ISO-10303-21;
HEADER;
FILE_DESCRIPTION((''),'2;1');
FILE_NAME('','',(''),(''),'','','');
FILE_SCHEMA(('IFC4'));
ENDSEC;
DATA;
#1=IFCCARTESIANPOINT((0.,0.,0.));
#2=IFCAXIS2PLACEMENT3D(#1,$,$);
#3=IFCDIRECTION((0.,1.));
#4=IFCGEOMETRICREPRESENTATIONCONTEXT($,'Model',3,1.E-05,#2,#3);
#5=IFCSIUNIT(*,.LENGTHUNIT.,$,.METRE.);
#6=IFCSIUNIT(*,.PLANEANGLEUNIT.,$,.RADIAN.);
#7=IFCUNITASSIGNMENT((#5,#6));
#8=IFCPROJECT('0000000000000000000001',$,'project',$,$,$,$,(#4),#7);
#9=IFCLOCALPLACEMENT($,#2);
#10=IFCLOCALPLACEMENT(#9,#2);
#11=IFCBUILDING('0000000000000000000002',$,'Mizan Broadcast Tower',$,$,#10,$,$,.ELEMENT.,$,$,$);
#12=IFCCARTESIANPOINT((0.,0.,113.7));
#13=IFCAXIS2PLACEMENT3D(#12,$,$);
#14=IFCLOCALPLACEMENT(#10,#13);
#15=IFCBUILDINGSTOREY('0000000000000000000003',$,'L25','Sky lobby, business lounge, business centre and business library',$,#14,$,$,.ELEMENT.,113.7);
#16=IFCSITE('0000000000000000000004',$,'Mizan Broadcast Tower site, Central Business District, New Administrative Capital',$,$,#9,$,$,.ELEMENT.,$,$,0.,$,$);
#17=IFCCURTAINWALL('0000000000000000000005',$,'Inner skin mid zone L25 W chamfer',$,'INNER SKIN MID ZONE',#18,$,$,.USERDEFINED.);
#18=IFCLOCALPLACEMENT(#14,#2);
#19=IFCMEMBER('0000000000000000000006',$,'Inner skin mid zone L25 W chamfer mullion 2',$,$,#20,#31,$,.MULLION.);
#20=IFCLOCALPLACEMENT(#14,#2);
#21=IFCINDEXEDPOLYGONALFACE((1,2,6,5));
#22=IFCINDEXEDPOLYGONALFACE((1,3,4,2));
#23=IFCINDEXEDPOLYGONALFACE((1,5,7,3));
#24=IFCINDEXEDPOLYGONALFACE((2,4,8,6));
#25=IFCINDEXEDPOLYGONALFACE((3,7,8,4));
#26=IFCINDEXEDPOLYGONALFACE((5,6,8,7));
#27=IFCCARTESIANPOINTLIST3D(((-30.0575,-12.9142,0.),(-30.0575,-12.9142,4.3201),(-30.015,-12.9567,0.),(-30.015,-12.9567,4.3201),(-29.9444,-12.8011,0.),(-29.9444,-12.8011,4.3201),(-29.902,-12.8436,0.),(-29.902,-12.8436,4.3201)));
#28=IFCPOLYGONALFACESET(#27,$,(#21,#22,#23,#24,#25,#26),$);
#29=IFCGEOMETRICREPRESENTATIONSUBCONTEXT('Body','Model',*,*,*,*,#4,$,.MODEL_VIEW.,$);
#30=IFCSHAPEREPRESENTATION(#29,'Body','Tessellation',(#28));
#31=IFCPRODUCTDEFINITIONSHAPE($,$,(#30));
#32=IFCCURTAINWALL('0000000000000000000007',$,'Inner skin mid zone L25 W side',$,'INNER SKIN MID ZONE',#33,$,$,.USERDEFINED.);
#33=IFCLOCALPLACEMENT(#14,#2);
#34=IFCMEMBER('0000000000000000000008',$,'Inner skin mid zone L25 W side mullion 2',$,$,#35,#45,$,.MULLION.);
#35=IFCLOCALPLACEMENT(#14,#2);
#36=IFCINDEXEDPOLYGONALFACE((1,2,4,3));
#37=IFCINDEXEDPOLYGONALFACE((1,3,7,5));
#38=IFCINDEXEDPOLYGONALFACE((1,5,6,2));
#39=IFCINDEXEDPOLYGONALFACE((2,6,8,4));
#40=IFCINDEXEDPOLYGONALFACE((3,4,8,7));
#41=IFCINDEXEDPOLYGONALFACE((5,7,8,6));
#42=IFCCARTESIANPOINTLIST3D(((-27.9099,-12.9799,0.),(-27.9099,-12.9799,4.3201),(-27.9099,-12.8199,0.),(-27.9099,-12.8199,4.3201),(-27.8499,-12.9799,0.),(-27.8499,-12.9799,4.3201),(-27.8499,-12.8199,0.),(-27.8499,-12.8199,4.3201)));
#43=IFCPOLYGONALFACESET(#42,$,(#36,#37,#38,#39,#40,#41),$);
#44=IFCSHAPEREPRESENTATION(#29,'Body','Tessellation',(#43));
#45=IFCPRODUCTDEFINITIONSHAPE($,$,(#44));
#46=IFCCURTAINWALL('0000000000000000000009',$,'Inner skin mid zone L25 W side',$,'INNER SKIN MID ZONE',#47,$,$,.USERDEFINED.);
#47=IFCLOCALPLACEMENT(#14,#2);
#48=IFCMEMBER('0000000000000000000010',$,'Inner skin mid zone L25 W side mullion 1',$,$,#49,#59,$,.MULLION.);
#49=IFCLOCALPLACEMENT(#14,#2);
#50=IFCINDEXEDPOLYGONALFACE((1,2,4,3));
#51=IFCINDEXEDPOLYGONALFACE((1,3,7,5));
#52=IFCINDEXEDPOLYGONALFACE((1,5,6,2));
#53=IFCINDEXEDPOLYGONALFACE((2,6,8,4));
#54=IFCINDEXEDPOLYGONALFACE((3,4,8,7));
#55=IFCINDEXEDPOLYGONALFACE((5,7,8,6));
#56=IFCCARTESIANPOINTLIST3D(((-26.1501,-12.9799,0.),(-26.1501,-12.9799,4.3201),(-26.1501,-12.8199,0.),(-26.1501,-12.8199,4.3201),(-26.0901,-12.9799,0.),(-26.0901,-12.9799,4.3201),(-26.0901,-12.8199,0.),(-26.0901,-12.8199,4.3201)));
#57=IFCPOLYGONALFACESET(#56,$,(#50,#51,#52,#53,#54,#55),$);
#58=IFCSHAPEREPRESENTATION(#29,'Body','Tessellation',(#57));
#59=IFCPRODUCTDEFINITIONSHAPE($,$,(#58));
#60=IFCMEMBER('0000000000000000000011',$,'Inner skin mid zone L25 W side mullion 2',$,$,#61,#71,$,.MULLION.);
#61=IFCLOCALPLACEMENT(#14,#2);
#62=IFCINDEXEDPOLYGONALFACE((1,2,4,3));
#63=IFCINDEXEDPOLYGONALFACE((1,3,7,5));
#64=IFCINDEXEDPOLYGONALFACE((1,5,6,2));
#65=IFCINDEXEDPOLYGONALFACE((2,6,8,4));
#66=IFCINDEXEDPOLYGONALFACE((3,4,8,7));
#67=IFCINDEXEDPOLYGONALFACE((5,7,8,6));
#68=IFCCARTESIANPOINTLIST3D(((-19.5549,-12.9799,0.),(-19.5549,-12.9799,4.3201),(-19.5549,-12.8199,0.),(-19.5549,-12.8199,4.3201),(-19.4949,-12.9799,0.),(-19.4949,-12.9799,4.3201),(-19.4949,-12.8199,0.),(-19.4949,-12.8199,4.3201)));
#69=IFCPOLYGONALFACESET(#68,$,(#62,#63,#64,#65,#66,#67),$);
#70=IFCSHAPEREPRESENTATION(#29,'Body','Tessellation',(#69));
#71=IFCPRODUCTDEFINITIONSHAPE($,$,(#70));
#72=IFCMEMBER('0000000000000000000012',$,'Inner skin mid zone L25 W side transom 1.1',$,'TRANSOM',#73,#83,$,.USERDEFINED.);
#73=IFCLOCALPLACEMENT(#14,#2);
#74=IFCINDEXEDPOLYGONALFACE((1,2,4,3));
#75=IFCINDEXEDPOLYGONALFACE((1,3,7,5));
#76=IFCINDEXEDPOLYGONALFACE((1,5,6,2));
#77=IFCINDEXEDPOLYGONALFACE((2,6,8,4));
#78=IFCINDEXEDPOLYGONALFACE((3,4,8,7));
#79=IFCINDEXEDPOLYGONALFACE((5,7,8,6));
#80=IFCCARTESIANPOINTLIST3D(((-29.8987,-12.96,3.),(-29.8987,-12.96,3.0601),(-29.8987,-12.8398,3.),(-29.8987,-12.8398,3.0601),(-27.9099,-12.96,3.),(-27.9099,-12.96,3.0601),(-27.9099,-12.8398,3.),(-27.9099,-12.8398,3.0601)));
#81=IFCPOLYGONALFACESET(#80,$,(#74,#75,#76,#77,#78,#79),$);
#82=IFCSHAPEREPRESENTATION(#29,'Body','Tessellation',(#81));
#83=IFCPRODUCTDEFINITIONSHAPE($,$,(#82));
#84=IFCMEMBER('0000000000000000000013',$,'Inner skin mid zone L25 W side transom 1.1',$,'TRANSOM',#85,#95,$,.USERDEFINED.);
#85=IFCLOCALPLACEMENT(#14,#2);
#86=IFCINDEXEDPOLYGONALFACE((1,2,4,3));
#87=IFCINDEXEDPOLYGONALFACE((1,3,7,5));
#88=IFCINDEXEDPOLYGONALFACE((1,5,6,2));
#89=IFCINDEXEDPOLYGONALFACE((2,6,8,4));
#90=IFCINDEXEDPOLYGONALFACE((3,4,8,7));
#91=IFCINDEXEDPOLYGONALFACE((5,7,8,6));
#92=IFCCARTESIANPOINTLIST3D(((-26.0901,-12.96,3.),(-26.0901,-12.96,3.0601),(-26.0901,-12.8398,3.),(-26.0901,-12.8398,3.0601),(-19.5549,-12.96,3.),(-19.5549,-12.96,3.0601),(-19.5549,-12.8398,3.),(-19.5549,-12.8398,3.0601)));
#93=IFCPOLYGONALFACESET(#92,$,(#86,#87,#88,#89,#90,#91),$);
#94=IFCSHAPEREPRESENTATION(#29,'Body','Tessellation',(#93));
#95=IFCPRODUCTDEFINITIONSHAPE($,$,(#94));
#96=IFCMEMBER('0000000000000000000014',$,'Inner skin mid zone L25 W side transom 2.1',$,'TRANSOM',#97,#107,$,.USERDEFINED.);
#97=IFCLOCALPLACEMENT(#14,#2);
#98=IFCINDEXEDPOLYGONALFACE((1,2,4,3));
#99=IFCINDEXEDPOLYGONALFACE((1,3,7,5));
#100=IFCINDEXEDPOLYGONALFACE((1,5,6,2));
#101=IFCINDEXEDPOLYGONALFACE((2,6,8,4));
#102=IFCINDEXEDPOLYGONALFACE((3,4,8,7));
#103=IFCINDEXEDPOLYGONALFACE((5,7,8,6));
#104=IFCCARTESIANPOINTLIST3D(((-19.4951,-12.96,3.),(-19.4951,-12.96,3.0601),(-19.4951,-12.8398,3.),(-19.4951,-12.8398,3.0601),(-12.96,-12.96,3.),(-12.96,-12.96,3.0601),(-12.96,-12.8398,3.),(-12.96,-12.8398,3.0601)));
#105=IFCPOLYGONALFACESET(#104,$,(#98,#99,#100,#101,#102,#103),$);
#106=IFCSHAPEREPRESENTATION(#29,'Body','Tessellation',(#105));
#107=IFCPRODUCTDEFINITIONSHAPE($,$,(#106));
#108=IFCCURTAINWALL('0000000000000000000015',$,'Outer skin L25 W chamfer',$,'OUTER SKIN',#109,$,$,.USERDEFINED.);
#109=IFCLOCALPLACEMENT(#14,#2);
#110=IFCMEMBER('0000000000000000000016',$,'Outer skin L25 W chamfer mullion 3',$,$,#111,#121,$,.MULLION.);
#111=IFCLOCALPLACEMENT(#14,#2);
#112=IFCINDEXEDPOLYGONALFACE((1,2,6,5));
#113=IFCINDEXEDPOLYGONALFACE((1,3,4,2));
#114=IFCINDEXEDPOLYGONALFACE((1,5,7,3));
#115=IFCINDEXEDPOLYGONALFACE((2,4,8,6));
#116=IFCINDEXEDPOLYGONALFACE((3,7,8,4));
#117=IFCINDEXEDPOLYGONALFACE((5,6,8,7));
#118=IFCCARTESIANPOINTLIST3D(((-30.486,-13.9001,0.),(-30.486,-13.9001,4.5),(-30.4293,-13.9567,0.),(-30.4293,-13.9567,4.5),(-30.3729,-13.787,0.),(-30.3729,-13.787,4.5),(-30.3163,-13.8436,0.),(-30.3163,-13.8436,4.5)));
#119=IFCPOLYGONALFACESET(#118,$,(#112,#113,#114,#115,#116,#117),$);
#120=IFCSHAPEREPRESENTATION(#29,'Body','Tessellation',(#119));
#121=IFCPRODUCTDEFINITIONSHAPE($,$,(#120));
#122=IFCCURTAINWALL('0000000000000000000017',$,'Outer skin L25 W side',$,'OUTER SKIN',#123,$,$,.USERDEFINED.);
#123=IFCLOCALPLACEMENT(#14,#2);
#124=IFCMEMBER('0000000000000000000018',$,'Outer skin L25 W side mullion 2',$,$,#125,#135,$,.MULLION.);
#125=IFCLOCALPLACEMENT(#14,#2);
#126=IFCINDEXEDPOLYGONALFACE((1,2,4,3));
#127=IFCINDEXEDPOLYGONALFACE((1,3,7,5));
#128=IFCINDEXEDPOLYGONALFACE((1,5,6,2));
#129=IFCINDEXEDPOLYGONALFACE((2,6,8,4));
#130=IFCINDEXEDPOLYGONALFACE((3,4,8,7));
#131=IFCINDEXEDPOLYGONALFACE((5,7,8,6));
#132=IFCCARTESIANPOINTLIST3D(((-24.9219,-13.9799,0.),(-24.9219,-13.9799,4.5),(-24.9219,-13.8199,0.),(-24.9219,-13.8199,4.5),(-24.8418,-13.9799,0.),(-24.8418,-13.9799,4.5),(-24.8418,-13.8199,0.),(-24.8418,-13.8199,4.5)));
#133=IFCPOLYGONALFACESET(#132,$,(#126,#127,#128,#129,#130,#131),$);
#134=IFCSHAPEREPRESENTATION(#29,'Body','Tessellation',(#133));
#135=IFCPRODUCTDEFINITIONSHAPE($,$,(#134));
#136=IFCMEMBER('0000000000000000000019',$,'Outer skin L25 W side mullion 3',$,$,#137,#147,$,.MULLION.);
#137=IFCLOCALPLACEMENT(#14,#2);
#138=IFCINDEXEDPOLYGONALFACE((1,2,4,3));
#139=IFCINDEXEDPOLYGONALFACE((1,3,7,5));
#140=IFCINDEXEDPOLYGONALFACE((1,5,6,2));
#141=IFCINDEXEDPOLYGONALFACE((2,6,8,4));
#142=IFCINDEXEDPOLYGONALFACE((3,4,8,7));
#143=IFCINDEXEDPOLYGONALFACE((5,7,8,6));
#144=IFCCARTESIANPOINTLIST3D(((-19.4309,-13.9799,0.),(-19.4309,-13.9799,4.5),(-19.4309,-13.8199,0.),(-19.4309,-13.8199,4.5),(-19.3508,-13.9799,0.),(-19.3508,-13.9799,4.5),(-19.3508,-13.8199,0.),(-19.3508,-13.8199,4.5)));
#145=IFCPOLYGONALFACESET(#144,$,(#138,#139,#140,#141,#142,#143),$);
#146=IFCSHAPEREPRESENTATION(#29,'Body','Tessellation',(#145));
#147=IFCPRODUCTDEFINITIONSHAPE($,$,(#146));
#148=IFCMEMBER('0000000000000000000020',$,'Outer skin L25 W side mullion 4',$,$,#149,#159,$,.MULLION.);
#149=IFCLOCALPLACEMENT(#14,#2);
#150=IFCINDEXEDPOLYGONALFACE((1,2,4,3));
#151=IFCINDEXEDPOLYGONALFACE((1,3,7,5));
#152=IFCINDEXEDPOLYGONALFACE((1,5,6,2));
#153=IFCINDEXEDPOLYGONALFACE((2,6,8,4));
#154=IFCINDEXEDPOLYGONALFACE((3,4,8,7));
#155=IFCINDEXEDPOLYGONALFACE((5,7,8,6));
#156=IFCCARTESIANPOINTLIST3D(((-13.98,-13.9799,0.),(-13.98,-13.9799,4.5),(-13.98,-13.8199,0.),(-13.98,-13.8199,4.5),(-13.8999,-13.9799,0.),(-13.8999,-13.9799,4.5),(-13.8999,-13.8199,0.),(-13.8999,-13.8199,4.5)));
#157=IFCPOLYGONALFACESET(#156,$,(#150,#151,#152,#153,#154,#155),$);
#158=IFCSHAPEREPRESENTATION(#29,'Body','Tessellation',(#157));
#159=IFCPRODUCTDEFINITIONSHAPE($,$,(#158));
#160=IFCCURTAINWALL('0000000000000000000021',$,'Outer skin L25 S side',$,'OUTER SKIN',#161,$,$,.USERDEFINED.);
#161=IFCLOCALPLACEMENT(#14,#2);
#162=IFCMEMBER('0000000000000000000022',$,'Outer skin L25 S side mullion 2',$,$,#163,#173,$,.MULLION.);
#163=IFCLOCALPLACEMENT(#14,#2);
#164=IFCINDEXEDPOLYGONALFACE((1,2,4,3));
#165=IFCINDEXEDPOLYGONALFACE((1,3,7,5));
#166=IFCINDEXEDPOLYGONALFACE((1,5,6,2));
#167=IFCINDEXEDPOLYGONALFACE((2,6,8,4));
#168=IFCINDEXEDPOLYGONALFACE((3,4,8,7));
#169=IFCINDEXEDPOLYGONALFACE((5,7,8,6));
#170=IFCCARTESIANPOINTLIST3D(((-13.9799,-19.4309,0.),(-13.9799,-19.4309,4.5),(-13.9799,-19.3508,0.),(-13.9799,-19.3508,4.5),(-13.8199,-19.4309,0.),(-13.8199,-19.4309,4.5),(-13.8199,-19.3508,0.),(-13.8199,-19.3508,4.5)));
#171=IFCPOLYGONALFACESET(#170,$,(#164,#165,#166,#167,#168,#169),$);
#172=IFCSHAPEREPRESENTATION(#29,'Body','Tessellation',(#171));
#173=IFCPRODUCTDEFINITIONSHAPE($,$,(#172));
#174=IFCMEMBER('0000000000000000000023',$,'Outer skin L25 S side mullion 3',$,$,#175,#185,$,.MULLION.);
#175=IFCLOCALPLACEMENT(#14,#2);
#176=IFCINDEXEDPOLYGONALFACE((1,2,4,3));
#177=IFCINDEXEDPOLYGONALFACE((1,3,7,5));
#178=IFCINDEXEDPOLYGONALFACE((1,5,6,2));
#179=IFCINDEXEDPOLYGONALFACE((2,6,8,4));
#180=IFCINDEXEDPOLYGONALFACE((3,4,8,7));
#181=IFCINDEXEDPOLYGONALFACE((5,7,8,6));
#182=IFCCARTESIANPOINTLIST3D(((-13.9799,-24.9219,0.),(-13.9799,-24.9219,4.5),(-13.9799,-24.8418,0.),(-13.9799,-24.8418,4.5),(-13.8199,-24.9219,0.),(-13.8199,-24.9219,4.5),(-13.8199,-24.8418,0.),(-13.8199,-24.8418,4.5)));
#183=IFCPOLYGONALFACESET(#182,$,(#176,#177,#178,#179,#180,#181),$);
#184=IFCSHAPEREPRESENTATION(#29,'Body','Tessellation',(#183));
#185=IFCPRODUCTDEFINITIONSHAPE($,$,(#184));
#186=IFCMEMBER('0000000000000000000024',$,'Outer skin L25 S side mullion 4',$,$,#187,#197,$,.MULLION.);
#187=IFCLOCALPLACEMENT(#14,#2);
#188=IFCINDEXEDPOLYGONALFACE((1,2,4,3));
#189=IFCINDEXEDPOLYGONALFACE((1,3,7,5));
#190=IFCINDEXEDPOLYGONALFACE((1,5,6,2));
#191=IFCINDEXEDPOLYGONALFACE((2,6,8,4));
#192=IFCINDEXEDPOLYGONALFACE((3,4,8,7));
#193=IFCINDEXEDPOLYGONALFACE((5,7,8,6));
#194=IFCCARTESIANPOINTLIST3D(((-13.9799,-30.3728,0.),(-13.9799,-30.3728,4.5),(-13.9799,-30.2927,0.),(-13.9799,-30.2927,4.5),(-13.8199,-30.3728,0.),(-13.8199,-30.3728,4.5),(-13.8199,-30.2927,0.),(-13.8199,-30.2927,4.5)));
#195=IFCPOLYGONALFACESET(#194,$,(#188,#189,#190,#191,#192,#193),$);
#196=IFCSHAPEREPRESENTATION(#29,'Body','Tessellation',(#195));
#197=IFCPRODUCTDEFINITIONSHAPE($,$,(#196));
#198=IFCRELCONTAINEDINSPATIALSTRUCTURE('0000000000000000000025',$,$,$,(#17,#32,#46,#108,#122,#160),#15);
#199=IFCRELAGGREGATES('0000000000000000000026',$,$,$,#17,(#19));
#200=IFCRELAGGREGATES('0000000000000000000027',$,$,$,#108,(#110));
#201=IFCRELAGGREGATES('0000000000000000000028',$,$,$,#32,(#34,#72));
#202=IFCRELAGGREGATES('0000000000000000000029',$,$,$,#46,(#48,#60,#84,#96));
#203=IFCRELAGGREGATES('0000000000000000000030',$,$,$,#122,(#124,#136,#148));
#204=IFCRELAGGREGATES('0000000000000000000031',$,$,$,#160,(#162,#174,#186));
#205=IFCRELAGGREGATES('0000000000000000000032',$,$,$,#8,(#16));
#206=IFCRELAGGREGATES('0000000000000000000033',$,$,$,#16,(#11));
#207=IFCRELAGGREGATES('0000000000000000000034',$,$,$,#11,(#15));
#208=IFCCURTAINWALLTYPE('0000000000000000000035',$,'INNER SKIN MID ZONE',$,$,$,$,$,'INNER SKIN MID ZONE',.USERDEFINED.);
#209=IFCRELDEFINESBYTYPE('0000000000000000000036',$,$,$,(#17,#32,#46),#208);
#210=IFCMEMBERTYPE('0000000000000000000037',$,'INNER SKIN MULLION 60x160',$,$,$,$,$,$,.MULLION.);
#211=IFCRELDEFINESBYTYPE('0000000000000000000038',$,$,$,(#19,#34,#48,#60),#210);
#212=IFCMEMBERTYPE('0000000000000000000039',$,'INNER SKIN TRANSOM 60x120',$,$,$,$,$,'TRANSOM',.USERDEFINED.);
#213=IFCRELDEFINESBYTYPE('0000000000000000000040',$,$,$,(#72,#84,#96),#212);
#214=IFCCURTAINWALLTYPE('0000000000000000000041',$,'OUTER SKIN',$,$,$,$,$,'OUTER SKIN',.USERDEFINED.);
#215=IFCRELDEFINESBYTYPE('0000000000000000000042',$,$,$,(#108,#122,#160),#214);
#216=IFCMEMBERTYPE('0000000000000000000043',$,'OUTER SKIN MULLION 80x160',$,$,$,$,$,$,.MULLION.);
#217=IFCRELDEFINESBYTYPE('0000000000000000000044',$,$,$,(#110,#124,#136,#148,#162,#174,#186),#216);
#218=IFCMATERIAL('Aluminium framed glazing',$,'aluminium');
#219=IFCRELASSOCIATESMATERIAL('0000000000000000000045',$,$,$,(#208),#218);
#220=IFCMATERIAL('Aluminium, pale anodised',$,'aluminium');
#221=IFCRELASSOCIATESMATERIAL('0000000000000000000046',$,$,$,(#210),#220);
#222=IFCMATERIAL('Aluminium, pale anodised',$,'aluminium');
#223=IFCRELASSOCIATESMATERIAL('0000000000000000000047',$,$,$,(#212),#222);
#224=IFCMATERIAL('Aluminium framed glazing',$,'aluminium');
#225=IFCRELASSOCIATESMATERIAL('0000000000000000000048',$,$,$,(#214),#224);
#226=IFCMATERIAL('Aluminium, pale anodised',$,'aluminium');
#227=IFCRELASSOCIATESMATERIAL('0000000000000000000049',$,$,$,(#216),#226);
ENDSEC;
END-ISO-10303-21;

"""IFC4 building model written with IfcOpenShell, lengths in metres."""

from ifc_helpers import new_model, si_unit, direction, frame, origin, origin_2d, place, context, subcontext, project, spatial, rectangle, extrude, material, material_profile, profile_set, type_object, element, aggregate, save


model = new_model("IFC4")

# Units and contexts
model_context = context("Model", 3, precision=1e-05, world=origin(), true_north=direction((0.0, 1.0)))
body_context = subcontext(model_context, "Body", "Model", "MODEL_VIEW")
ifc_project = project(units=[si_unit("LENGTHUNIT", "METRE"), si_unit("PLANEANGLEUNIT", "RADIAN")], contexts=[model_context])

# Site, building, storey
site_placement = place(None, origin())
site = spatial("IfcSite", under=ifc_project, at=site_placement, Name="Mizan Broadcast Tower site, Central Business District, New Administrative Capital", CompositionType="ELEMENT", RefElevation=0.0)
building_placement = place(site_placement, origin())
building = spatial("IfcBuilding", under=site, at=building_placement, Name="Mizan Broadcast Tower", CompositionType="ELEMENT")
storey_placement = place(building_placement, frame((0.0, 0.0, 113.7)))
storey = spatial("IfcBuildingStorey", under=building, at=storey_placement, Name="L25", Description="Sky lobby, business lounge, business centre and business library", CompositionType="ELEMENT", Elevation=113.7)

# Curtain walls, members
ifc_material_1 = material(Name="Aluminium framed glazing", Category="aluminium")
curtain_wall_type_1 = type_object("IfcCurtainWallType", Name="INNER SKIN MID ZONE", ElementType="INNER SKIN MID ZONE", PredefinedType="USERDEFINED", material=ifc_material_1)
curtain_wall_1_placement = place(storey_placement, origin())
curtain_wall_1 = element("IfcCurtainWall", 1, at=curtain_wall_1_placement, inside=storey, type_object=curtain_wall_type_1, Name="Inner skin mid zone L25 W chamfer", ObjectType="INNER SKIN MID ZONE", PredefinedType="USERDEFINED")
ifc_material_2 = material(Name="Aluminium, pale anodised", Category="aluminium")
ifc_material_profile_1 = material_profile(ifc_material_2, rectangle(XDim=0.1599, YDim=0.0601, at=origin_2d()), Name="MULLION 160x60")
ifc_profile_set_1 = profile_set([ifc_material_profile_1], Name="Aluminium, pale anodised")
member_type_1 = type_object("IfcMemberType", Name="INNER SKIN MULLION 60x160", PredefinedType="MULLION", material=ifc_profile_set_1)
member_1_placement = place(storey_placement, frame((-29.9797, -12.8789, 0.0), z_axis=(0.0, 0.0, 1.0), x_axis=(0.707107, 0.707107, 0.0)))
member_1 = element("IfcMember", 2, at=member_1_placement, type_object=member_type_1, Name="Inner skin mid zone L25 W chamfer mullion 2", PredefinedType="MULLION", context=body_context, shape_type="SweptSolid", body=[
    extrude(rectangle(XDim=0.1599, YDim=0.0601, at=origin_2d()), origin(), (0.0, 0.0, 1.0), 4.3201),
])
aggregate(curtain_wall_1, [member_1])
curtain_wall_2_placement = place(storey_placement, origin())
curtain_wall_2 = element("IfcCurtainWall", 3, at=curtain_wall_2_placement, inside=storey, type_object=curtain_wall_type_1, Name="Inner skin mid zone L25 W side", ObjectType="INNER SKIN MID ZONE", PredefinedType="USERDEFINED")
member_2_placement = place(storey_placement, frame((-27.8799, -12.8999, 0.0), z_axis=(0.0, 0.0, 1.0), x_axis=(0.0, 1.0, 0.0)))
member_2 = element("IfcMember", 4, at=member_2_placement, type_object=member_type_1, Name="Inner skin mid zone L25 W side mullion 2", PredefinedType="MULLION", context=body_context, shape_type="SweptSolid", body=[
    extrude(rectangle(XDim=0.1599, YDim=0.0601, at=origin_2d()), origin(), (0.0, 0.0, 1.0), 4.3201),
])

# Curtain wall, members
curtain_wall_3_placement = place(storey_placement, origin())
curtain_wall_3 = element("IfcCurtainWall", 5, at=curtain_wall_3_placement, inside=storey, type_object=curtain_wall_type_1, Name="Inner skin mid zone L25 W side", ObjectType="INNER SKIN MID ZONE", PredefinedType="USERDEFINED")
member_3_placement = place(storey_placement, frame((-26.1201, -12.8999, 0.0), z_axis=(0.0, 0.0, 1.0), x_axis=(0.0, 1.0, 0.0)))
member_3 = element("IfcMember", 6, at=member_3_placement, type_object=member_type_1, Name="Inner skin mid zone L25 W side mullion 1", PredefinedType="MULLION", context=body_context, shape_type="SweptSolid", body=[
    extrude(rectangle(XDim=0.1599, YDim=0.0601, at=origin_2d()), origin(), (0.0, 0.0, 1.0), 4.3201),
])
member_4_placement = place(storey_placement, frame((-19.5249, -12.8999, 0.0), z_axis=(0.0, 0.0, 1.0), x_axis=(0.0, 1.0, 0.0)))
member_4 = element("IfcMember", 7, at=member_4_placement, type_object=member_type_1, Name="Inner skin mid zone L25 W side mullion 2", PredefinedType="MULLION", context=body_context, shape_type="SweptSolid", body=[
    extrude(rectangle(XDim=0.1599, YDim=0.0601, at=origin_2d()), origin(), (0.0, 0.0, 1.0), 4.3201),
])

# Members
ifc_material_3 = material(Name="Aluminium, pale anodised", Category="aluminium")
ifc_material_profile_2 = material_profile(ifc_material_3, rectangle(XDim=0.1201, YDim=0.0601, at=origin_2d()), Name="TRANSOM 120x60")
ifc_profile_set_2 = profile_set([ifc_material_profile_2], Name="Aluminium, pale anodised")
member_type_2 = type_object("IfcMemberType", Name="INNER SKIN TRANSOM 60x120", ElementType="TRANSOM", PredefinedType="USERDEFINED", material=ifc_profile_set_2)
member_5_placement = place(storey_placement, frame((-29.8987, -12.8999, 3.03), z_axis=(1.0, 0.0, 0.0), x_axis=(0.0, 1.0, 0.0)))
member_5 = element("IfcMember", 8, at=member_5_placement, type_object=member_type_2, Name="Inner skin mid zone L25 W side transom 1.1", ObjectType="TRANSOM", PredefinedType="USERDEFINED", context=body_context, shape_type="SweptSolid", body=[
    extrude(rectangle(XDim=0.1201, YDim=0.0601, at=origin_2d()), origin(), (0.0, 0.0, 1.0), 1.9888),
])
member_6_placement = place(storey_placement, frame((-26.0901, -12.8999, 3.03), z_axis=(1.0, 0.0, 0.0), x_axis=(0.0, 1.0, 0.0)))
member_6 = element("IfcMember", 9, at=member_6_placement, type_object=member_type_2, Name="Inner skin mid zone L25 W side transom 1.1", ObjectType="TRANSOM", PredefinedType="USERDEFINED", context=body_context, shape_type="SweptSolid", body=[
    extrude(rectangle(XDim=0.1201, YDim=0.0601, at=origin_2d()), origin(), (0.0, 0.0, 1.0), 6.5352),
])
member_7_placement = place(storey_placement, frame((-19.4951, -12.8999, 3.03), z_axis=(1.0, 0.0, 0.0), x_axis=(0.0, 1.0, 0.0)))
member_7 = element("IfcMember", 10, at=member_7_placement, type_object=member_type_2, Name="Inner skin mid zone L25 W side transom 2.1", ObjectType="TRANSOM", PredefinedType="USERDEFINED", context=body_context, shape_type="SweptSolid", body=[
    extrude(rectangle(XDim=0.1201, YDim=0.0601, at=origin_2d()), origin(), (0.0, 0.0, 1.0), 6.5352),
])

# Curtain wall, member
ifc_material_4 = material(Name="Aluminium framed glazing", Category="aluminium")
curtain_wall_type_2 = type_object("IfcCurtainWallType", Name="OUTER SKIN", ElementType="OUTER SKIN", PredefinedType="USERDEFINED", material=ifc_material_4)
curtain_wall_4_placement = place(storey_placement, origin())
curtain_wall_4 = element("IfcCurtainWall", 11, at=curtain_wall_4_placement, inside=storey, type_object=curtain_wall_type_2, Name="Outer skin L25 W chamfer", ObjectType="OUTER SKIN", PredefinedType="USERDEFINED")
ifc_material_5 = material(Name="Aluminium, pale anodised", Category="aluminium")
ifc_material_profile_3 = material_profile(ifc_material_5, rectangle(XDim=0.1599, YDim=0.0801, at=origin_2d()), Name="MULLION 160x80")
ifc_profile_set_3 = profile_set([ifc_material_profile_3], Name="Aluminium, pale anodised")
member_type_3 = type_object("IfcMemberType", Name="OUTER SKIN MULLION 80x160", PredefinedType="MULLION", material=ifc_profile_set_3)
member_8_placement = place(storey_placement, frame((-30.4011, -13.8718, 0.0), z_axis=(0.0, 0.0, 1.0), x_axis=(0.707107, 0.707107, 0.0)))
member_8 = element("IfcMember", 12, at=member_8_placement, type_object=member_type_3, Name="Outer skin L25 W chamfer mullion 3", PredefinedType="MULLION", context=body_context, shape_type="SweptSolid", body=[
    extrude(rectangle(XDim=0.1599, YDim=0.0801, at=origin_2d()), origin(), (0.0, 0.0, 1.0), 4.5),
])
aggregate(curtain_wall_4, [member_8])

# Curtain walls, members
curtain_wall_5_placement = place(storey_placement, origin())
curtain_wall_5 = element("IfcCurtainWall", 13, at=curtain_wall_5_placement, inside=storey, type_object=curtain_wall_type_2, Name="Outer skin L25 W side", ObjectType="OUTER SKIN", PredefinedType="USERDEFINED")
member_9_placement = place(storey_placement, frame((-24.8818, -13.8999, 0.0), z_axis=(0.0, 0.0, 1.0), x_axis=(0.0, 1.0, 0.0)))
member_9 = element("IfcMember", 14, at=member_9_placement, type_object=member_type_3, Name="Outer skin L25 W side mullion 2", PredefinedType="MULLION", context=body_context, shape_type="SweptSolid", body=[
    extrude(rectangle(XDim=0.1599, YDim=0.0801, at=origin_2d()), origin(), (0.0, 0.0, 1.0), 4.5),
])
member_10_placement = place(storey_placement, frame((-19.3909, -13.8999, 0.0), z_axis=(0.0, 0.0, 1.0), x_axis=(0.0, 1.0, 0.0)))
member_10 = element("IfcMember", 15, at=member_10_placement, type_object=member_type_3, Name="Outer skin L25 W side mullion 3", PredefinedType="MULLION", context=body_context, shape_type="SweptSolid", body=[
    extrude(rectangle(XDim=0.1599, YDim=0.0801, at=origin_2d()), origin(), (0.0, 0.0, 1.0), 4.5),
])
member_11_placement = place(storey_placement, frame((-13.9399, -13.8999, 0.0), z_axis=(0.0, 0.0, 1.0), x_axis=(0.0, 1.0, 0.0)))
member_11 = element("IfcMember", 16, at=member_11_placement, type_object=member_type_3, Name="Outer skin L25 W side mullion 4", PredefinedType="MULLION", context=body_context, shape_type="SweptSolid", body=[
    extrude(rectangle(XDim=0.1599, YDim=0.0801, at=origin_2d()), origin(), (0.0, 0.0, 1.0), 4.5),
])
curtain_wall_6_placement = place(storey_placement, origin())
curtain_wall_6 = element("IfcCurtainWall", 17, at=curtain_wall_6_placement, inside=storey, type_object=curtain_wall_type_2, Name="Outer skin L25 S side", ObjectType="OUTER SKIN", PredefinedType="USERDEFINED")
member_12_placement = place(storey_placement, frame((-13.8999, -19.3909, 0.0), z_axis=(0.0, 0.0, 1.0), x_axis=(1.0, 0.0, 0.0)))
member_12 = element("IfcMember", 18, at=member_12_placement, type_object=member_type_3, Name="Outer skin L25 S side mullion 2", PredefinedType="MULLION", context=body_context, shape_type="SweptSolid", body=[
    extrude(rectangle(XDim=0.1599, YDim=0.0801, at=origin_2d()), origin(), (0.0, 0.0, 1.0), 4.5),
])
member_13_placement = place(storey_placement, frame((-13.8999, -24.8818, 0.0), z_axis=(0.0, 0.0, 1.0), x_axis=(1.0, 0.0, 0.0)))
member_13 = element("IfcMember", 19, at=member_13_placement, type_object=member_type_3, Name="Outer skin L25 S side mullion 3", PredefinedType="MULLION", context=body_context, shape_type="SweptSolid", body=[
    extrude(rectangle(XDim=0.1599, YDim=0.0801, at=origin_2d()), origin(), (0.0, 0.0, 1.0), 4.5),
])
member_14_placement = place(storey_placement, frame((-13.8999, -30.3328, 0.0), z_axis=(0.0, 0.0, 1.0), x_axis=(1.0, 0.0, 0.0)))
member_14 = element("IfcMember", 20, at=member_14_placement, type_object=member_type_3, Name="Outer skin L25 S side mullion 4", PredefinedType="MULLION", context=body_context, shape_type="SweptSolid", body=[
    extrude(rectangle(XDim=0.1599, YDim=0.0801, at=origin_2d()), origin(), (0.0, 0.0, 1.0), 4.5),
])

aggregate(curtain_wall_2, [member_2, member_5])
aggregate(curtain_wall_3, [member_3, member_4, member_6, member_7])
aggregate(curtain_wall_5, [member_9, member_10, member_11])
aggregate(curtain_wall_6, [member_12, member_13, member_14])

save(model, "model.ifc")
